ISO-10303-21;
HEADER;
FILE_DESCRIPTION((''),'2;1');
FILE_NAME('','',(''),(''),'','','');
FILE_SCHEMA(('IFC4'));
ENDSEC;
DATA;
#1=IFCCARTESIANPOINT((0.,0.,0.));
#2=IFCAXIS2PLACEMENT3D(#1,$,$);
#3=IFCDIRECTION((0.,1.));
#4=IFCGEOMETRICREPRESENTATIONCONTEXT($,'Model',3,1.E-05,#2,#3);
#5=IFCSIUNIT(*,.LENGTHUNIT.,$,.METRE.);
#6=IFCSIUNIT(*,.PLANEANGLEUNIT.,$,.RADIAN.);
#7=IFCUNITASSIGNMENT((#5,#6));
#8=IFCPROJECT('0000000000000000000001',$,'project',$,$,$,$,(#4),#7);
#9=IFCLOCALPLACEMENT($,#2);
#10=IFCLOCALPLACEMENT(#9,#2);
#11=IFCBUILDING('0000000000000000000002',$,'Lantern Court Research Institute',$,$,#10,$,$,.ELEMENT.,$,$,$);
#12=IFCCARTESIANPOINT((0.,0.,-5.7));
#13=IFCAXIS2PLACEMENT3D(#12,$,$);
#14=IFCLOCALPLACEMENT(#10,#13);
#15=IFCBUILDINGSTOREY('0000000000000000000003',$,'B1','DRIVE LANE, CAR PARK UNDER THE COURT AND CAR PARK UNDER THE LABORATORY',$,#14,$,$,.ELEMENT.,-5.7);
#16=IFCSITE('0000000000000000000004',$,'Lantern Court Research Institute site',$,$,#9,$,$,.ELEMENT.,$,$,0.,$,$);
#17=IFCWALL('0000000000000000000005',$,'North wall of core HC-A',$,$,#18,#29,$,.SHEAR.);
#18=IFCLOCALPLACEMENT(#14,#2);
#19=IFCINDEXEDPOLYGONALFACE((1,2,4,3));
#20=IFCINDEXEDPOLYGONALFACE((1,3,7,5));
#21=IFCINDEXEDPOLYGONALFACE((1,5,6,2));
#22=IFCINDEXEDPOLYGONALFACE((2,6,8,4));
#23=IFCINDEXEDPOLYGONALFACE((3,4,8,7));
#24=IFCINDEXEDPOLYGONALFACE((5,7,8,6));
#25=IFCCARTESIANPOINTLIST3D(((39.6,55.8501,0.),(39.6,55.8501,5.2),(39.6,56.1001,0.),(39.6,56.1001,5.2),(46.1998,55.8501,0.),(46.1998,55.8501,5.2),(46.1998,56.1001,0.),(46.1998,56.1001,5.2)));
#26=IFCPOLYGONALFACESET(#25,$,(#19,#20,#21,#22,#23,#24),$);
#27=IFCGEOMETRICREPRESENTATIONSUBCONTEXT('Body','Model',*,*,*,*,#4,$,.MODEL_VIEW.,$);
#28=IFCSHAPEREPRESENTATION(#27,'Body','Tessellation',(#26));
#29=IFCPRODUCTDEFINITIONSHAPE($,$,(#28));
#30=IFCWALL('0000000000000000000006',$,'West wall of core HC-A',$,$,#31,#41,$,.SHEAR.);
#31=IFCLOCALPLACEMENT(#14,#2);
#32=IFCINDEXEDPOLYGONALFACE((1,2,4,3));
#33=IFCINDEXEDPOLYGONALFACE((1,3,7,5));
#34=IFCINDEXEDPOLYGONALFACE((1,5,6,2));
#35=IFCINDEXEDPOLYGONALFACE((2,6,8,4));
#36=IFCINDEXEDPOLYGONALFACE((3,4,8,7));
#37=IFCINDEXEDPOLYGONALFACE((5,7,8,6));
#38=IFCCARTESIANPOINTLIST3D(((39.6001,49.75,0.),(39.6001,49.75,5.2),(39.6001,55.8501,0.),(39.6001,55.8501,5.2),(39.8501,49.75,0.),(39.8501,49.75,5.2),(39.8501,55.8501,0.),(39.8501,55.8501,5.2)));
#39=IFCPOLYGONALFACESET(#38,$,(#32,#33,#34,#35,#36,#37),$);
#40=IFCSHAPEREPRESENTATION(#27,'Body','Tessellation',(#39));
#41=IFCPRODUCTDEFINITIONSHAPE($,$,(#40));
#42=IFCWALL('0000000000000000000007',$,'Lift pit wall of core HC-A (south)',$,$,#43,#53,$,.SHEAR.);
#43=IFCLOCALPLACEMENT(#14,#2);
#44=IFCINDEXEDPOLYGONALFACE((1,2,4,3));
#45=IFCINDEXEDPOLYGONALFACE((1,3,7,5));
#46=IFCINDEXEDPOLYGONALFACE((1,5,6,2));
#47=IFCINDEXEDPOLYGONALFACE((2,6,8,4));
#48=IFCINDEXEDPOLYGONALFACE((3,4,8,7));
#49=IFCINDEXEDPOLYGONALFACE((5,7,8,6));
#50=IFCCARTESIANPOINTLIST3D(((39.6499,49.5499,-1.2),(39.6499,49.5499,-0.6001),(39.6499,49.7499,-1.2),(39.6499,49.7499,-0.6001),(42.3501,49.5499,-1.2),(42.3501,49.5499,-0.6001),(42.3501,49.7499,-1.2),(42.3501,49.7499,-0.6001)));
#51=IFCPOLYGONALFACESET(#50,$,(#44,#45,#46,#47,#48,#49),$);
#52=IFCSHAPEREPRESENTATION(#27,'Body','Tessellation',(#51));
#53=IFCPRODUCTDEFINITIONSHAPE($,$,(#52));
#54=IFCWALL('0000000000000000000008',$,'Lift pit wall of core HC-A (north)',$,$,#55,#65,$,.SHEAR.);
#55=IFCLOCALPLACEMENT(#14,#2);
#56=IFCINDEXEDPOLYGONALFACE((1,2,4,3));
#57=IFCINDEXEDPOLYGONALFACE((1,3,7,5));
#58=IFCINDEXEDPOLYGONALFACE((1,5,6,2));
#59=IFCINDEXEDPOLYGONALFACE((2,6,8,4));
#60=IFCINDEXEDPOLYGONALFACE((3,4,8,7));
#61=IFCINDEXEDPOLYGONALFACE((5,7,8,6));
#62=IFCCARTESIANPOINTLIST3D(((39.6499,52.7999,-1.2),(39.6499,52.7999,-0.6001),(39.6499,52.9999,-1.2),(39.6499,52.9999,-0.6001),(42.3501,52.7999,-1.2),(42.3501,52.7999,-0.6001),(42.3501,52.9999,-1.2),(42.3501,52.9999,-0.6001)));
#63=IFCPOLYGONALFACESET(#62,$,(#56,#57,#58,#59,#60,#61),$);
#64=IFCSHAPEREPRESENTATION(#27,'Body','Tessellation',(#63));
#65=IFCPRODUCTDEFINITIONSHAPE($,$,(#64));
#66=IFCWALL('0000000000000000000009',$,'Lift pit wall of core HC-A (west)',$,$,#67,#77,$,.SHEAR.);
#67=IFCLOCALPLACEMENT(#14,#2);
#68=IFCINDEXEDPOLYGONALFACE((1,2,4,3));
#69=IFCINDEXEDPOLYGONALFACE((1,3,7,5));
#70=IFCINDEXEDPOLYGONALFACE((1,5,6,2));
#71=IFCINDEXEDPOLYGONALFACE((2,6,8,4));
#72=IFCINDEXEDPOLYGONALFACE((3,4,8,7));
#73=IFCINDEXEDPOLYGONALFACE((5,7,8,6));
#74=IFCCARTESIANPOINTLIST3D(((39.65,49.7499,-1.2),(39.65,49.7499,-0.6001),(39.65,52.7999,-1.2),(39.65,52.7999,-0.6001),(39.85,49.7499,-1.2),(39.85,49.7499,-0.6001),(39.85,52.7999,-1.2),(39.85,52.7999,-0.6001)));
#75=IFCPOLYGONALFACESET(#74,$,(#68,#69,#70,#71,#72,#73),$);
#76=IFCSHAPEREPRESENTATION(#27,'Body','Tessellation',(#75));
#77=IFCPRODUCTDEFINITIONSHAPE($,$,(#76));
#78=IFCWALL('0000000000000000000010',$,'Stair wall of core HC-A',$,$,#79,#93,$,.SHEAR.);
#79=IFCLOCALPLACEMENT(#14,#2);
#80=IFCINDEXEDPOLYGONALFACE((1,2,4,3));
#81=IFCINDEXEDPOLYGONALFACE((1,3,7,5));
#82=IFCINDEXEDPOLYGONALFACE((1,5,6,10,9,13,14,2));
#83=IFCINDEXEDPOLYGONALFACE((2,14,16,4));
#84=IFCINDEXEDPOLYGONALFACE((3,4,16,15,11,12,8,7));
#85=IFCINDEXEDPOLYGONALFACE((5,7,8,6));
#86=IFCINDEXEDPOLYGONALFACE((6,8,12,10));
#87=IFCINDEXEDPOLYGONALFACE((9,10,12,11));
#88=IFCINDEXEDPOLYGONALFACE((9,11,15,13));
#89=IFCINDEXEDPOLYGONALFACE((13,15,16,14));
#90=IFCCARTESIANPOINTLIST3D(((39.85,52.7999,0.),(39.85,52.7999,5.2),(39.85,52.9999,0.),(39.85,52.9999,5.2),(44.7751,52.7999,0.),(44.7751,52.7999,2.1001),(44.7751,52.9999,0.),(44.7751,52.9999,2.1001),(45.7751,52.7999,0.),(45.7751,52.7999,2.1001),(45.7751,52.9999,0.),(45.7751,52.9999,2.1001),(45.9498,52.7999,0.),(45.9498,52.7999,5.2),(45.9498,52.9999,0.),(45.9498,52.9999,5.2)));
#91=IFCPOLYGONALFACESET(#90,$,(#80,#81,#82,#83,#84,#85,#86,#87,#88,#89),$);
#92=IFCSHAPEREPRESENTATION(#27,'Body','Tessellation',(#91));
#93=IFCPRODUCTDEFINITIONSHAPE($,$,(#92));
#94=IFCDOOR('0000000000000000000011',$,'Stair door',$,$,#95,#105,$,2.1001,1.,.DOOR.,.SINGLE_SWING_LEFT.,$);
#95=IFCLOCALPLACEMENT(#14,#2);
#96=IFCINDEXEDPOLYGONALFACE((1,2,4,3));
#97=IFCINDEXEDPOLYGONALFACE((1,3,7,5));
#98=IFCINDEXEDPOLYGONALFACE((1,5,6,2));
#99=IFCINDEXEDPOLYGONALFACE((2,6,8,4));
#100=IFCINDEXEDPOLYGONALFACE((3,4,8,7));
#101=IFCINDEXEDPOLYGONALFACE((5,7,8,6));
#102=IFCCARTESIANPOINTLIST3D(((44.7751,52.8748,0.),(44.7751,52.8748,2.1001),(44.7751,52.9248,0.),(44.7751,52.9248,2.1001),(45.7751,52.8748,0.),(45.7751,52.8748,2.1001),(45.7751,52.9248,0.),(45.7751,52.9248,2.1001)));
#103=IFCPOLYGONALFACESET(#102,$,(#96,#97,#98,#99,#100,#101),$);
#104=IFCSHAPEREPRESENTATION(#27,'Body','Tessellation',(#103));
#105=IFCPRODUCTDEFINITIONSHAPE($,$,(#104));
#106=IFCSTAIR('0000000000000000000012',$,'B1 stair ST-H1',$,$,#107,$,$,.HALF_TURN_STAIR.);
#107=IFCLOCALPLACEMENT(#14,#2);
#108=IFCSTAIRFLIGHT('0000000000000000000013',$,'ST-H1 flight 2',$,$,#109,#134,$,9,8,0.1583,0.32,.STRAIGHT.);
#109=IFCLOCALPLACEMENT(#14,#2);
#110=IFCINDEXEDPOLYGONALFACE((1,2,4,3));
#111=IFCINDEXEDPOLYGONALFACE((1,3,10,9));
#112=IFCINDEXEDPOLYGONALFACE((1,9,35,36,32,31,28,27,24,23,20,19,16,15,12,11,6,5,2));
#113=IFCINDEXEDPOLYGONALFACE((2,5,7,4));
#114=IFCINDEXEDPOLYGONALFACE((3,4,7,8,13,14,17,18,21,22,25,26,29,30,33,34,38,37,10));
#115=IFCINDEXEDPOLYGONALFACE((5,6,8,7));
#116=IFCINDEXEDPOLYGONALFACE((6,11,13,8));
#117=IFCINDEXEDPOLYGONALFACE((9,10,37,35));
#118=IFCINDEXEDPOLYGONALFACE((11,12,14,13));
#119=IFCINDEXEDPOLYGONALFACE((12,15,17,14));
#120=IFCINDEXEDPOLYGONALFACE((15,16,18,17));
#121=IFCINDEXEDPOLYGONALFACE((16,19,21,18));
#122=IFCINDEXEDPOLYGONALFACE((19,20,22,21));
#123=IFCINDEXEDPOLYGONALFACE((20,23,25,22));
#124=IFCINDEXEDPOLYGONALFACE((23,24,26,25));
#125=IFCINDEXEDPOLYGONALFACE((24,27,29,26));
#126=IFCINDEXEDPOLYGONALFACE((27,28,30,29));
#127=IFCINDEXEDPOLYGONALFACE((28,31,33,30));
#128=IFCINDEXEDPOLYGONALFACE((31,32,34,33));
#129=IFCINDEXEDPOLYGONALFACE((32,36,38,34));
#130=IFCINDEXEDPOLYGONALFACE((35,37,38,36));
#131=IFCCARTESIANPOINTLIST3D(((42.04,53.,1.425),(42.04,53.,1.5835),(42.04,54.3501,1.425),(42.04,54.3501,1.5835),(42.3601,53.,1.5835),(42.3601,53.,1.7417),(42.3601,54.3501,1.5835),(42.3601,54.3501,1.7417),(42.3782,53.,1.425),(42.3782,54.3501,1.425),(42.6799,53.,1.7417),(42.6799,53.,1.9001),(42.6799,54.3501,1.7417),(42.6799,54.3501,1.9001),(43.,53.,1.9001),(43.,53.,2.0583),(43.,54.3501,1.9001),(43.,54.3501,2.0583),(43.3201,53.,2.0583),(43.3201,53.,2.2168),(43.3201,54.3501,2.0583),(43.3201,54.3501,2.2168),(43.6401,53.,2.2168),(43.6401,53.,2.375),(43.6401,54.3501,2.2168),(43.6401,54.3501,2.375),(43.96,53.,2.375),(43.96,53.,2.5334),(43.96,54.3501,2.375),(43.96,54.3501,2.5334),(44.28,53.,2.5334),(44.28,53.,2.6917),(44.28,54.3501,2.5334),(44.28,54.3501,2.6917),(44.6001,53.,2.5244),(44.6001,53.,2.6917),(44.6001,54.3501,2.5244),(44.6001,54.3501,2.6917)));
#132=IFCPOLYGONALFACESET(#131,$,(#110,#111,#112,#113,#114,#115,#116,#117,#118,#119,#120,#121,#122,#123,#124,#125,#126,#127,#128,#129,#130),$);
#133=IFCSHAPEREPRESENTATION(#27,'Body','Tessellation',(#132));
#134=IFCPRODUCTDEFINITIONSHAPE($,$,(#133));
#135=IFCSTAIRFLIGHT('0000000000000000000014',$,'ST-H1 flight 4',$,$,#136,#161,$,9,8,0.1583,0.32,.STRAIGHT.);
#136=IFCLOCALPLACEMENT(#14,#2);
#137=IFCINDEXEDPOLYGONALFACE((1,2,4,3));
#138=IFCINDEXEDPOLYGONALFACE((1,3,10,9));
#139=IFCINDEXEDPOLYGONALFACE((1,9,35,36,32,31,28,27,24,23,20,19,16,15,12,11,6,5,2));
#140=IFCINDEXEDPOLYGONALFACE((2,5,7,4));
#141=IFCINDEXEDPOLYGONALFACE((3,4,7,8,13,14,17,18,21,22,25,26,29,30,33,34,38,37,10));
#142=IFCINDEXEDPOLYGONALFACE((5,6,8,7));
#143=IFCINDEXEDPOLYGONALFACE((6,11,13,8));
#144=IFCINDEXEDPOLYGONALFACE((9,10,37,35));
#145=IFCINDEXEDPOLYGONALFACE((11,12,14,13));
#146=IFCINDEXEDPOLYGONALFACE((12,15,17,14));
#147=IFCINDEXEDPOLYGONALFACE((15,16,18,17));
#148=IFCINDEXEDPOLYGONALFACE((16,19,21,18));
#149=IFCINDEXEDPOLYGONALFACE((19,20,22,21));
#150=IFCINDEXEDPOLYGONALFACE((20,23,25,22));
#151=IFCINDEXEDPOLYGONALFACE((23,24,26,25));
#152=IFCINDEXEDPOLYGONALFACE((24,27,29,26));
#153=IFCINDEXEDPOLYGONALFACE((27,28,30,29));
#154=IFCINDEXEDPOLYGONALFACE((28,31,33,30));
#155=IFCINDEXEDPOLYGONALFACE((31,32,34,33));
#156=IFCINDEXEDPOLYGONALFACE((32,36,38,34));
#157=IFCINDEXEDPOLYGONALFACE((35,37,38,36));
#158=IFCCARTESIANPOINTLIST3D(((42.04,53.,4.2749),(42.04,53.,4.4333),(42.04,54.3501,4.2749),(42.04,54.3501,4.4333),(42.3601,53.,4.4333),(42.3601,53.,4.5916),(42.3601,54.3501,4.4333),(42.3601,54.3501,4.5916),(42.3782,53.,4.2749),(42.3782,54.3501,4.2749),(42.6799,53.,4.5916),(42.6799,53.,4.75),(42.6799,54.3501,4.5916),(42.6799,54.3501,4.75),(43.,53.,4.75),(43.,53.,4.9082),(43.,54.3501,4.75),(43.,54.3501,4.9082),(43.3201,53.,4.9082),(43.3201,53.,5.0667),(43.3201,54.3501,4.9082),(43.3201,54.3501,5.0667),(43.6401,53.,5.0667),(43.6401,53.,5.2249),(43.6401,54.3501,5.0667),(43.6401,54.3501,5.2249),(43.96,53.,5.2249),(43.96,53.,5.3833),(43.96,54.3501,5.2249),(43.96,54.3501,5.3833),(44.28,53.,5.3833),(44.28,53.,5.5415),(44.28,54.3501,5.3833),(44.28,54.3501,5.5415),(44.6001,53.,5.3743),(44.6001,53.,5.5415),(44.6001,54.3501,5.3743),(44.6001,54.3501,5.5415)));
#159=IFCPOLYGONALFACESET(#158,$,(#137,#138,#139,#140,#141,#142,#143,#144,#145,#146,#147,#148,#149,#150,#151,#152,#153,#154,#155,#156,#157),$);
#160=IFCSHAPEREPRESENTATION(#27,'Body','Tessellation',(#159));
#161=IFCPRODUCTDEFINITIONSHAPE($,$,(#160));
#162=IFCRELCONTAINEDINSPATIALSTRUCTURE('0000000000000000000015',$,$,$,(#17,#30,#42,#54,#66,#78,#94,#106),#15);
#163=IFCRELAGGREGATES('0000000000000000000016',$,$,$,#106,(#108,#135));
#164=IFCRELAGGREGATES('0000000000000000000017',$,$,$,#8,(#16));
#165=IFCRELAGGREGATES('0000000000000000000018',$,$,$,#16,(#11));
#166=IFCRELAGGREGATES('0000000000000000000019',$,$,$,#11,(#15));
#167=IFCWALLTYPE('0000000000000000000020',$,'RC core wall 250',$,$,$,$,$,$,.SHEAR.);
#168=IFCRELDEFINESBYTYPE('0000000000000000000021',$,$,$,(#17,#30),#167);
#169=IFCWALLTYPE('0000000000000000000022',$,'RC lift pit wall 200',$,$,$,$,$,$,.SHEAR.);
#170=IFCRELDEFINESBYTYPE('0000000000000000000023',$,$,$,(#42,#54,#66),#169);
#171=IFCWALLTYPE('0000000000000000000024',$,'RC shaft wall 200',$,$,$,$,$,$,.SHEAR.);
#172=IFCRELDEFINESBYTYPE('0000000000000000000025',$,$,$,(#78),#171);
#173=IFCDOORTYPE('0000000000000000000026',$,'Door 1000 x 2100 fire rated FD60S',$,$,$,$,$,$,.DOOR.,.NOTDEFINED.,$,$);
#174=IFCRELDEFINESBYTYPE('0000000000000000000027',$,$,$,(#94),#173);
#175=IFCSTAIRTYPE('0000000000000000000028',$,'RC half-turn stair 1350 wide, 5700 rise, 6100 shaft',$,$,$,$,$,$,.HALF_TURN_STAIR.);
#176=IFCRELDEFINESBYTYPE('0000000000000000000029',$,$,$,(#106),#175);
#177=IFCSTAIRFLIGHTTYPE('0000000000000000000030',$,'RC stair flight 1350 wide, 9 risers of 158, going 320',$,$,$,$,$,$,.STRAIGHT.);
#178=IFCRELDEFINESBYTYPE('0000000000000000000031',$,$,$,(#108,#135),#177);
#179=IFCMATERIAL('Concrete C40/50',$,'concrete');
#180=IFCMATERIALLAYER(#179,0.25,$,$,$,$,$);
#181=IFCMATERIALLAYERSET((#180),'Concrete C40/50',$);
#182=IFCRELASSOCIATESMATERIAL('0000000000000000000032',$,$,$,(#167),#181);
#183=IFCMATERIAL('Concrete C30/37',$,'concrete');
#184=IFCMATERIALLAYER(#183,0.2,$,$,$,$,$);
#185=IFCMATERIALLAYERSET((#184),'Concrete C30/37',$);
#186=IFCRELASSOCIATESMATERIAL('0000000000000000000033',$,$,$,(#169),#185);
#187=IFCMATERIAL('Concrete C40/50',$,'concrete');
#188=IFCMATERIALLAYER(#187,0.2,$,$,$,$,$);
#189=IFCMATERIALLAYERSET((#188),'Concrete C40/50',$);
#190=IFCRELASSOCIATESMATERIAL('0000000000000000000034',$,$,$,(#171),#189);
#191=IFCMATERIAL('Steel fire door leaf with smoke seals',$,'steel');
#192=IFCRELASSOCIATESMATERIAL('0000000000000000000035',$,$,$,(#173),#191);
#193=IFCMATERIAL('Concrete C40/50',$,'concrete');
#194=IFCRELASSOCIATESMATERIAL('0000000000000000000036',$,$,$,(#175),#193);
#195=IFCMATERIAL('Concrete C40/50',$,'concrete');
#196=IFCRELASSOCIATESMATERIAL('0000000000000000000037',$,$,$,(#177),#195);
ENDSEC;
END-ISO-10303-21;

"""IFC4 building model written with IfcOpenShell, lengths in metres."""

from ifc_helpers import new_model, si_unit, direction, frame, frame_2d, origin, place, context, subcontext, project, spatial, polyline, rectangle, outline, extrude, material, layer, layer_set, type_object, element, fill, aggregate, save


model = new_model("IFC4")

# Units and contexts
model_context = context("Model", 3, precision=1e-05, world=origin(), true_north=direction((0.0, 1.0)))
body_context = subcontext(model_context, "Body", "Model", "MODEL_VIEW")
ifc_project = project(units=[si_unit("LENGTHUNIT", "METRE"), si_unit("PLANEANGLEUNIT", "RADIAN")], contexts=[model_context])

# Site, building, storey
site_placement = place(None, origin())
site = spatial("IfcSite", under=ifc_project, at=site_placement, Name="Lantern Court Research Institute site", CompositionType="ELEMENT", RefElevation=0.0)
building_placement = place(site_placement, origin())
building = spatial("IfcBuilding", under=site, at=building_placement, Name="Lantern Court Research Institute", CompositionType="ELEMENT")
storey_placement = place(building_placement, frame((0.0, 0.0, -5.7)))
storey = spatial("IfcBuildingStorey", under=building, at=storey_placement, Name="B1", Description="DRIVE LANE, CAR PARK UNDER THE COURT AND CAR PARK UNDER THE LABORATORY", CompositionType="ELEMENT", Elevation=-5.7)

# Shared definitions
ifc_material_1 = material(Name="Concrete C40/50", Category="concrete")
ifc_layer_1 = layer(ifc_material_1, 0.25)
ifc_layer_set_1 = layer_set([ifc_layer_1], Name="Concrete C40/50")
wall_type_1 = type_object("IfcWallType", Name="RC core wall 250", PredefinedType="SHEAR", material=ifc_layer_set_1)

# Walls
wall_1_placement = place(storey_placement, frame((39.6001, 55.9751, 0.0), z_axis=(0.0, 0.0, 1.0), x_axis=(1.0, 0.0, 0.0)))
element("IfcWall", 1, at=wall_1_placement, inside=storey, type_object=wall_type_1, Name="North wall of core HC-A", PredefinedType="SHEAR", context=body_context, shape_type="SweptSolid", body=[
    extrude(rectangle(XDim=6.5999, YDim=0.25, at=frame_2d((3.2998, 0.0))), origin(), (0.0, 0.0, 1.0), 5.2),
])
wall_2_placement = place(storey_placement, frame((39.7251, 49.75, 0.0), z_axis=(0.0, 0.0, 1.0), x_axis=(0.0, 1.0, 0.0)))
element("IfcWall", 2, at=wall_2_placement, inside=storey, type_object=wall_type_1, Name="West wall of core HC-A", PredefinedType="SHEAR", context=body_context, shape_type="SweptSolid", body=[
    extrude(rectangle(XDim=6.1001, YDim=0.25, at=frame_2d((3.05, 0.0))), origin(), (0.0, 0.0, 1.0), 5.2),
])
ifc_material_2 = material(Name="Concrete C30/37", Category="concrete")
ifc_layer_2 = layer(ifc_material_2, 0.2)
ifc_layer_set_2 = layer_set([ifc_layer_2], Name="Concrete C30/37")
wall_type_2 = type_object("IfcWallType", Name="RC lift pit wall 200", PredefinedType="SHEAR", material=ifc_layer_set_2)
for number, where, z_axis, x_axis, name in (
    (3, (39.6499, 49.6499, -1.2), (0.0, 0.0, 1.0), (1.0, 0.0, 0.0), "Lift pit wall of core HC-A (south)"),
    (4, (39.6499, 52.8999, -1.2), (0.0, 0.0, 1.0), (1.0, 0.0, 0.0), "Lift pit wall of core HC-A (north)"),
):
    element("IfcWall", number, at=place(storey_placement, frame(where, z_axis=z_axis, x_axis=x_axis)), inside=storey, type_object=wall_type_2, Name=name, PredefinedType="SHEAR", context=body_context, shape_type="SweptSolid", body=[
        extrude(rectangle(XDim=2.7002, YDim=0.2, at=frame_2d((1.3501, 0.0))), origin(), (0.0, 0.0, 1.0), 0.5999),
    ])
wall_3_placement = place(storey_placement, frame((39.75, 49.75, -1.2), z_axis=(0.0, 0.0, 1.0), x_axis=(0.0, 1.0, 0.0)))
element("IfcWall", 5, at=wall_3_placement, inside=storey, type_object=wall_type_2, Name="Lift pit wall of core HC-A (west)", PredefinedType="SHEAR", context=body_context, shape_type="SweptSolid", body=[
    extrude(rectangle(XDim=3.05, YDim=0.2, at=frame_2d((1.5249, 0.0))), origin(), (0.0, 0.0, 1.0), 0.5999),
])

# Wall, opening, door
ifc_material_3 = material(Name="Concrete C40/50", Category="concrete")
ifc_layer_3 = layer(ifc_material_3, 0.2)
ifc_layer_set_3 = layer_set([ifc_layer_3], Name="Concrete C40/50")
wall_type_3 = type_object("IfcWallType", Name="RC shaft wall 200", PredefinedType="SHEAR", material=ifc_layer_set_3)
wall_4_placement = place(storey_placement, frame((39.8501, 52.8999, 0.0), z_axis=(0.0, 0.0, 1.0), x_axis=(1.0, 0.0, 0.0)))
wall_4 = element("IfcWall", 6, at=wall_4_placement, inside=storey, type_object=wall_type_3, Name="Stair wall of core HC-A", PredefinedType="SHEAR", context=body_context, shape_type="SweptSolid", body=[
    extrude(rectangle(XDim=6.0999, YDim=0.2, at=frame_2d((3.0498, 0.0))), origin(), (0.0, 0.0, 1.0), 5.2),
])
opening_1_placement = place(wall_4_placement, frame((4.925, 0.0, 0.0)))
opening_1 = element("IfcOpeningElement", 7, at=opening_1_placement, cuts=wall_4, PredefinedType="OPENING", context=body_context, shape_type="SweptSolid", body=[
    extrude(rectangle(XDim=1.0, YDim=2.1001, at=frame_2d((0.5, 1.05))), frame((0.0, 0.1099, 0.0), z_axis=(0.0, -1.0, 0.0), x_axis=(1.0, 0.0, 0.0)), (0.0, 0.0, 1.0), 0.22),
])
ifc_material_4 = material(Name="Steel fire door leaf with smoke seals", Category="steel")
door_type_1 = type_object("IfcDoorType", Name="Door 1000 x 2100 fire rated FD60S", OperationType="NOTDEFINED", PredefinedType="DOOR", material=ifc_material_4)
door_1_placement = place(opening_1_placement, origin())
door_1 = element("IfcDoor", 8, at=door_1_placement, inside=storey, type_object=door_type_1, Name="Stair door", OperationType="SINGLE_SWING_LEFT", OverallHeight=2.1001, OverallWidth=1.0, PredefinedType="DOOR", context=body_context, shape_type="SweptSolid", body=[
    extrude(rectangle(XDim=1.0, YDim=2.1001, at=frame_2d((0.5, 1.05))), frame((0.0, 0.0249, 0.0), z_axis=(0.0, -1.0, 0.0), x_axis=(1.0, 0.0, 0.0)), (0.0, 0.0, 1.0), 0.05),
])
fill(opening_1, door_1)

# Stair, stair flights
ifc_material_5 = material(Name="Concrete C40/50", Category="concrete")
stair_type = type_object("IfcStairType", Name="RC half-turn stair 1350 wide, 5700 rise, 6100 shaft", PredefinedType="HALF_TURN_STAIR", material=ifc_material_5)
stair_placement = place(storey_placement, origin())
stair = element("IfcStair", 9, at=stair_placement, inside=storey, type_object=stair_type, Name="B1 stair ST-H1", PredefinedType="HALF_TURN_STAIR")
ifc_material_6 = material(Name="Concrete C40/50", Category="concrete")
stair_flight_type = type_object("IfcStairFlightType", Name="RC stair flight 1350 wide, 9 risers of 158, going 320", PredefinedType="STRAIGHT", material=ifc_material_6)
stair_flight_1_placement = place(storey_placement, frame((42.04, 53.675, 1.425), z_axis=(0.0, 0.0, 1.0), x_axis=(1.0, 0.0, 0.0)))
stair_flight_1 = element("IfcStairFlight", 10, at=stair_flight_1_placement, type_object=stair_flight_type, Name="ST-H1 flight 2", NumberOfRisers=9, NumberOfTreads=8, PredefinedType="STRAIGHT", RiserHeight=0.1583, TreadLength=0.32, context=body_context, shape_type="SweptSolid", body=[
    extrude(outline(polyline([(0.0, 0.0), (0.0, 0.1584), (0.3201, 0.1584), (0.3201, 0.3167), (0.6399, 0.3167), (0.6399, 0.4751), (0.96, 0.4751), (0.96, 0.6333), (1.28, 0.6333), (1.28, 0.7917), (1.6001, 0.7917), (1.6001, 0.95), (1.9199, 0.95), (1.9199, 1.1084), (2.24, 1.1084), (2.24, 1.2666), (2.5601, 1.2666), (2.5601, 1.425), (2.5601, 1.0994), (0.3381, 0.0), (0.0, 0.0)])), frame((0.0, 0.675, 0.0), z_axis=(0.0, -1.0, 0.0), x_axis=(1.0, 0.0, 0.0)), (0.0, 0.0, 1.0), 1.3501),
])
stair_flight_2_placement = place(storey_placement, frame((42.04, 53.675, 4.2749), z_axis=(0.0, 0.0, 1.0), x_axis=(1.0, 0.0, 0.0)))
stair_flight_2 = element("IfcStairFlight", 11, at=stair_flight_2_placement, type_object=stair_flight_type, Name="ST-H1 flight 4", NumberOfRisers=9, NumberOfTreads=8, PredefinedType="STRAIGHT", RiserHeight=0.1583, TreadLength=0.32, context=body_context, shape_type="SweptSolid", body=[
    extrude(outline(polyline([(0.0, 0.0), (0.0, 0.1584), (0.3201, 0.1584), (0.3201, 0.3167), (0.6399, 0.3167), (0.6399, 0.4751), (0.96, 0.4751), (0.96, 0.6333), (1.28, 0.6333), (1.28, 0.7917), (1.6001, 0.7917), (1.6001, 0.95), (1.9199, 0.95), (1.9199, 1.1084), (2.24, 1.1084), (2.24, 1.2666), (2.5601, 1.2666), (2.5601, 1.425), (2.5601, 1.0994), (0.3381, 0.0), (0.0, 0.0)])), frame((0.0, 0.675, 0.0), z_axis=(0.0, -1.0, 0.0), x_axis=(1.0, 0.0, 0.0)), (0.0, 0.0, 1.0), 1.3501),
])
aggregate(stair, [stair_flight_1, stair_flight_2])

save(model, "model.ifc")
